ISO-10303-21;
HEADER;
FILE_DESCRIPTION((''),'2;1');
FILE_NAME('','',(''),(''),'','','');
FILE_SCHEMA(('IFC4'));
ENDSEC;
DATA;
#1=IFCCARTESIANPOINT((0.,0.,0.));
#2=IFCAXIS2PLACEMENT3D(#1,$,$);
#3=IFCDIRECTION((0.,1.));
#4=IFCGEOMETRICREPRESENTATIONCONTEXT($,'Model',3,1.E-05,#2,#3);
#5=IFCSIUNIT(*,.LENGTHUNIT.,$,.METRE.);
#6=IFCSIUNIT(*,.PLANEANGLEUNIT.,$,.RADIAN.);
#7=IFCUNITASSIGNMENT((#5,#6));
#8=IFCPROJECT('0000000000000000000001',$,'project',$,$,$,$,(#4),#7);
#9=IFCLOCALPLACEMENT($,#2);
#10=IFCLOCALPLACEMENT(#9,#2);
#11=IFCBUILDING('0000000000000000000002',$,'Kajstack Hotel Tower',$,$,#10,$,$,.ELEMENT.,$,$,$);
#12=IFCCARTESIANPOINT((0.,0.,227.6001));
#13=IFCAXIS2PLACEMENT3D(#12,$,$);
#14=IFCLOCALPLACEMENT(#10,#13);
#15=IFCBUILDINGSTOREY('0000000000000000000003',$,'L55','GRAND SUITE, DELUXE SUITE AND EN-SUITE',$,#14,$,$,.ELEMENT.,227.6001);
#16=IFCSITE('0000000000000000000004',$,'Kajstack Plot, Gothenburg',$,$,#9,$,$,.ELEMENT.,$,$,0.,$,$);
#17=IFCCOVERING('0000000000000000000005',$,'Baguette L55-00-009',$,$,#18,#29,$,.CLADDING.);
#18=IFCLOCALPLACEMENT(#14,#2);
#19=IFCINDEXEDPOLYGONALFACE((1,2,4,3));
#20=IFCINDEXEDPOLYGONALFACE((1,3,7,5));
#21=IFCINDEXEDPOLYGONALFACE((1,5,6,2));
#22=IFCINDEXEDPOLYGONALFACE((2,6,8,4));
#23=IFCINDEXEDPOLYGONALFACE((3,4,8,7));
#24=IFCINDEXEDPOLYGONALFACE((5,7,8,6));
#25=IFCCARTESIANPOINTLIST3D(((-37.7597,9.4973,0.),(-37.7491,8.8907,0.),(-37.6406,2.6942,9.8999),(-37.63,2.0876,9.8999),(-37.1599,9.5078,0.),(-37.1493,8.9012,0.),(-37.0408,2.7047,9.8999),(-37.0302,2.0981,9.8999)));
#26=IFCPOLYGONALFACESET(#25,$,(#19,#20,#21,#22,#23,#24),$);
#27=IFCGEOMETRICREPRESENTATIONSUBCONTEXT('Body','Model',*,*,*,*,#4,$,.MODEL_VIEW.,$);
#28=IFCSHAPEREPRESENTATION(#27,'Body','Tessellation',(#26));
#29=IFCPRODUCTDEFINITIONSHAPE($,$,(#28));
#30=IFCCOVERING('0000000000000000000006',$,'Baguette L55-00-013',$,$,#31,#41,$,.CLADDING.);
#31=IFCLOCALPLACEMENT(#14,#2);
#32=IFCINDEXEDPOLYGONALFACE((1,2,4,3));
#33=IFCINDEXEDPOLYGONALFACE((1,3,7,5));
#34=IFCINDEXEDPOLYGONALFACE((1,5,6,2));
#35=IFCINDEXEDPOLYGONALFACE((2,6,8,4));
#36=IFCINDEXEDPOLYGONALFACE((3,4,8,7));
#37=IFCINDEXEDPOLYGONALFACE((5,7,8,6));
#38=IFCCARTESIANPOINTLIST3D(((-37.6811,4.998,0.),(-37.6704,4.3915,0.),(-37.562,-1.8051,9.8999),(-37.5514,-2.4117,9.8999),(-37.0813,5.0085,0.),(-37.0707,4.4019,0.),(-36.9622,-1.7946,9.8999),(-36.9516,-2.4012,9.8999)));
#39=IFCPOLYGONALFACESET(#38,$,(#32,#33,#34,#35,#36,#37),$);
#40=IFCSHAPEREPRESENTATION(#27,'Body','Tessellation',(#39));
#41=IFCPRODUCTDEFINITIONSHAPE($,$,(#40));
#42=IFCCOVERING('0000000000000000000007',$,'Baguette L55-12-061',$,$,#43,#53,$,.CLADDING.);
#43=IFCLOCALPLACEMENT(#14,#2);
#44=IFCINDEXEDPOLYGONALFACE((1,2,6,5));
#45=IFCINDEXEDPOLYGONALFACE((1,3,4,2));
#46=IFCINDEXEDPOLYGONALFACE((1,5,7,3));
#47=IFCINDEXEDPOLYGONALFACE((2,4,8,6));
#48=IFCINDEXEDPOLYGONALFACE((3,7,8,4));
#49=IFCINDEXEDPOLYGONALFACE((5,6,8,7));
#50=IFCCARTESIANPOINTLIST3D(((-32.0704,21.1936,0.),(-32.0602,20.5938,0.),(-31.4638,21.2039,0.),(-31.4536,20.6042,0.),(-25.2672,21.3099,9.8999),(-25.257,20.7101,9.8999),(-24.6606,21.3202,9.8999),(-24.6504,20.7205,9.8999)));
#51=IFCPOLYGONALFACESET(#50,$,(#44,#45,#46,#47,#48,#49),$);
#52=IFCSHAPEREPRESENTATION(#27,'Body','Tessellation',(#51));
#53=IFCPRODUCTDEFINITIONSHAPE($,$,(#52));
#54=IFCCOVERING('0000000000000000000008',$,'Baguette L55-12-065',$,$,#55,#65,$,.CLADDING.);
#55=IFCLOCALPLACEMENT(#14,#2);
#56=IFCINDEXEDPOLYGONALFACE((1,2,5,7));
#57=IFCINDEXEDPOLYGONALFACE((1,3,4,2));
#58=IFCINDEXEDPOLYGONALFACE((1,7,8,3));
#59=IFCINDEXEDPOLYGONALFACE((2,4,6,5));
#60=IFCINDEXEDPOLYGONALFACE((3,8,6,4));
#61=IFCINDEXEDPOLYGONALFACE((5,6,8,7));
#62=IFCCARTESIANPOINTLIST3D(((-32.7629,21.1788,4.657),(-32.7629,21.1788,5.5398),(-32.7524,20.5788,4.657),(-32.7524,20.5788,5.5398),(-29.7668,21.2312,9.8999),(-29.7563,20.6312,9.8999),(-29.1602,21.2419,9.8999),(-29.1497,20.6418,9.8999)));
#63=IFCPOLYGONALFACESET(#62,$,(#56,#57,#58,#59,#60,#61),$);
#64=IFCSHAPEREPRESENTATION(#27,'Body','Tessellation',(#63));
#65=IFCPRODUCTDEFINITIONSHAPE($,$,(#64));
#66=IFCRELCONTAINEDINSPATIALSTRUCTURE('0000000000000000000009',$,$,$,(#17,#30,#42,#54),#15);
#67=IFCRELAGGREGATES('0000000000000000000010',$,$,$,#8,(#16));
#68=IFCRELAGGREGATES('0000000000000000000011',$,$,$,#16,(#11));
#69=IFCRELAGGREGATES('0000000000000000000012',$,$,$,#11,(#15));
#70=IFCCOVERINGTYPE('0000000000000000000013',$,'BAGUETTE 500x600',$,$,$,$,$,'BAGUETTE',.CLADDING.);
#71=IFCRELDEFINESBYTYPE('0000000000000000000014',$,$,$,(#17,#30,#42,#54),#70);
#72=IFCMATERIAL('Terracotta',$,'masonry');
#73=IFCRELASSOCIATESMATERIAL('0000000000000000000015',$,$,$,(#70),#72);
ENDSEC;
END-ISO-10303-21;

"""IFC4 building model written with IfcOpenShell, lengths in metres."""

from ifc_helpers import new_model, si_unit, direction, frame, origin, origin_2d, place, context, subcontext, project, spatial, polyline, rectangle, outline, extrude, material, material_profile, profile_set, type_object, element, save


model = new_model("IFC4")

# Units and contexts
model_context = context("Model", 3, precision=1e-05, world=origin(), true_north=direction((0.0, 1.0)))
body_context = subcontext(model_context, "Body", "Model", "MODEL_VIEW")
ifc_project = project(units=[si_unit("LENGTHUNIT", "METRE"), si_unit("PLANEANGLEUNIT", "RADIAN")], contexts=[model_context])

# Site, building, storey
site_placement = place(None, origin())
site = spatial("IfcSite", under=ifc_project, at=site_placement, Name="Kajstack Plot, Gothenburg", CompositionType="ELEMENT", RefElevation=0.0)
building_placement = place(site_placement, origin())
building = spatial("IfcBuilding", under=site, at=building_placement, Name="Kajstack Hotel Tower", CompositionType="ELEMENT")
storey_placement = place(building_placement, frame((0.0, 0.0, 227.6001)))
storey = spatial("IfcBuildingStorey", under=building, at=storey_placement, Name="L55", Description="GRAND SUITE, DELUXE SUITE AND EN-SUITE", CompositionType="ELEMENT", Elevation=227.6001)

# Coverings
ifc_material_1 = material(Name="Terracotta", Category="masonry")
ifc_material_profile = material_profile(ifc_material_1, rectangle(XDim=0.6001, YDim=0.5, at=origin_2d()), Name="Terracotta-clad concrete baguette 500 x 600")
ifc_profile_set = profile_set([ifc_material_profile], Name="Terracotta")
covering_type = type_object("IfcCoveringType", Name="BAGUETTE 500x600", ElementType="BAGUETTE", PredefinedType="CLADDING", material=ifc_profile_set)
for number, where, z_axis, x_axis, name in (
    (1, (-37.1599, 9.5078, 0.0), (-0.999847, -0.017498, 0.0), (0.017498, -0.999847, 0.0), "Baguette L55-00-009"),
    (2, (-37.0813, 5.0085, 0.0), (-0.999847, -0.017498, 0.0), (0.017498, -0.999847, 0.0), "Baguette L55-00-013"),
):
    element("IfcCovering", number, at=place(storey_placement, frame(where, z_axis=z_axis, x_axis=x_axis)), inside=storey, type_object=covering_type, Name=name, PredefinedType="CLADDING", context=body_context, shape_type="SweptSolid", body=[
        extrude(outline(polyline([(6.8042, 9.8999), (0.0, 0.0), (0.6067, 0.0), (7.4109, 9.8999), (6.8042, 9.8999)])), origin(), (0.0, 0.0, 1.0), 0.5999),
    ])
covering_1_placement = place(storey_placement, frame((-24.6504, 20.7205, 0.0), z_axis=(-0.017092, 0.999854, 0.0), x_axis=(-0.999854, -0.017092, 0.0)))
element("IfcCovering", 3, at=covering_1_placement, inside=storey, type_object=covering_type, Name="Baguette L55-12-061", PredefinedType="CLADDING", context=body_context, shape_type="SweptSolid", body=[
    extrude(outline(polyline([(0.0, 9.8999), (6.8042, 0.0), (7.4109, 0.0), (0.6067, 9.8999), (0.0, 9.8999)])), origin(), (0.0, 0.0, 1.0), 0.5999),
])
covering_2_placement = place(storey_placement, frame((-29.1497, 20.6418, 0.0), z_axis=(-0.017491, 0.999847, 0.0), x_axis=(-0.999847, -0.017491, 0.0)))
element("IfcCovering", 4, at=covering_2_placement, inside=storey, type_object=covering_type, Name="Baguette L55-12-065", PredefinedType="CLADDING", context=body_context, shape_type="SweptSolid", body=[
    extrude(outline(polyline([(0.0, 9.8999), (3.6033, 4.657), (3.6033, 5.5398), (0.6067, 9.8999), (0.0, 9.8999)])), origin(), (0.0, 0.0, 1.0), 0.6001),
])

save(model, "model.ifc")
